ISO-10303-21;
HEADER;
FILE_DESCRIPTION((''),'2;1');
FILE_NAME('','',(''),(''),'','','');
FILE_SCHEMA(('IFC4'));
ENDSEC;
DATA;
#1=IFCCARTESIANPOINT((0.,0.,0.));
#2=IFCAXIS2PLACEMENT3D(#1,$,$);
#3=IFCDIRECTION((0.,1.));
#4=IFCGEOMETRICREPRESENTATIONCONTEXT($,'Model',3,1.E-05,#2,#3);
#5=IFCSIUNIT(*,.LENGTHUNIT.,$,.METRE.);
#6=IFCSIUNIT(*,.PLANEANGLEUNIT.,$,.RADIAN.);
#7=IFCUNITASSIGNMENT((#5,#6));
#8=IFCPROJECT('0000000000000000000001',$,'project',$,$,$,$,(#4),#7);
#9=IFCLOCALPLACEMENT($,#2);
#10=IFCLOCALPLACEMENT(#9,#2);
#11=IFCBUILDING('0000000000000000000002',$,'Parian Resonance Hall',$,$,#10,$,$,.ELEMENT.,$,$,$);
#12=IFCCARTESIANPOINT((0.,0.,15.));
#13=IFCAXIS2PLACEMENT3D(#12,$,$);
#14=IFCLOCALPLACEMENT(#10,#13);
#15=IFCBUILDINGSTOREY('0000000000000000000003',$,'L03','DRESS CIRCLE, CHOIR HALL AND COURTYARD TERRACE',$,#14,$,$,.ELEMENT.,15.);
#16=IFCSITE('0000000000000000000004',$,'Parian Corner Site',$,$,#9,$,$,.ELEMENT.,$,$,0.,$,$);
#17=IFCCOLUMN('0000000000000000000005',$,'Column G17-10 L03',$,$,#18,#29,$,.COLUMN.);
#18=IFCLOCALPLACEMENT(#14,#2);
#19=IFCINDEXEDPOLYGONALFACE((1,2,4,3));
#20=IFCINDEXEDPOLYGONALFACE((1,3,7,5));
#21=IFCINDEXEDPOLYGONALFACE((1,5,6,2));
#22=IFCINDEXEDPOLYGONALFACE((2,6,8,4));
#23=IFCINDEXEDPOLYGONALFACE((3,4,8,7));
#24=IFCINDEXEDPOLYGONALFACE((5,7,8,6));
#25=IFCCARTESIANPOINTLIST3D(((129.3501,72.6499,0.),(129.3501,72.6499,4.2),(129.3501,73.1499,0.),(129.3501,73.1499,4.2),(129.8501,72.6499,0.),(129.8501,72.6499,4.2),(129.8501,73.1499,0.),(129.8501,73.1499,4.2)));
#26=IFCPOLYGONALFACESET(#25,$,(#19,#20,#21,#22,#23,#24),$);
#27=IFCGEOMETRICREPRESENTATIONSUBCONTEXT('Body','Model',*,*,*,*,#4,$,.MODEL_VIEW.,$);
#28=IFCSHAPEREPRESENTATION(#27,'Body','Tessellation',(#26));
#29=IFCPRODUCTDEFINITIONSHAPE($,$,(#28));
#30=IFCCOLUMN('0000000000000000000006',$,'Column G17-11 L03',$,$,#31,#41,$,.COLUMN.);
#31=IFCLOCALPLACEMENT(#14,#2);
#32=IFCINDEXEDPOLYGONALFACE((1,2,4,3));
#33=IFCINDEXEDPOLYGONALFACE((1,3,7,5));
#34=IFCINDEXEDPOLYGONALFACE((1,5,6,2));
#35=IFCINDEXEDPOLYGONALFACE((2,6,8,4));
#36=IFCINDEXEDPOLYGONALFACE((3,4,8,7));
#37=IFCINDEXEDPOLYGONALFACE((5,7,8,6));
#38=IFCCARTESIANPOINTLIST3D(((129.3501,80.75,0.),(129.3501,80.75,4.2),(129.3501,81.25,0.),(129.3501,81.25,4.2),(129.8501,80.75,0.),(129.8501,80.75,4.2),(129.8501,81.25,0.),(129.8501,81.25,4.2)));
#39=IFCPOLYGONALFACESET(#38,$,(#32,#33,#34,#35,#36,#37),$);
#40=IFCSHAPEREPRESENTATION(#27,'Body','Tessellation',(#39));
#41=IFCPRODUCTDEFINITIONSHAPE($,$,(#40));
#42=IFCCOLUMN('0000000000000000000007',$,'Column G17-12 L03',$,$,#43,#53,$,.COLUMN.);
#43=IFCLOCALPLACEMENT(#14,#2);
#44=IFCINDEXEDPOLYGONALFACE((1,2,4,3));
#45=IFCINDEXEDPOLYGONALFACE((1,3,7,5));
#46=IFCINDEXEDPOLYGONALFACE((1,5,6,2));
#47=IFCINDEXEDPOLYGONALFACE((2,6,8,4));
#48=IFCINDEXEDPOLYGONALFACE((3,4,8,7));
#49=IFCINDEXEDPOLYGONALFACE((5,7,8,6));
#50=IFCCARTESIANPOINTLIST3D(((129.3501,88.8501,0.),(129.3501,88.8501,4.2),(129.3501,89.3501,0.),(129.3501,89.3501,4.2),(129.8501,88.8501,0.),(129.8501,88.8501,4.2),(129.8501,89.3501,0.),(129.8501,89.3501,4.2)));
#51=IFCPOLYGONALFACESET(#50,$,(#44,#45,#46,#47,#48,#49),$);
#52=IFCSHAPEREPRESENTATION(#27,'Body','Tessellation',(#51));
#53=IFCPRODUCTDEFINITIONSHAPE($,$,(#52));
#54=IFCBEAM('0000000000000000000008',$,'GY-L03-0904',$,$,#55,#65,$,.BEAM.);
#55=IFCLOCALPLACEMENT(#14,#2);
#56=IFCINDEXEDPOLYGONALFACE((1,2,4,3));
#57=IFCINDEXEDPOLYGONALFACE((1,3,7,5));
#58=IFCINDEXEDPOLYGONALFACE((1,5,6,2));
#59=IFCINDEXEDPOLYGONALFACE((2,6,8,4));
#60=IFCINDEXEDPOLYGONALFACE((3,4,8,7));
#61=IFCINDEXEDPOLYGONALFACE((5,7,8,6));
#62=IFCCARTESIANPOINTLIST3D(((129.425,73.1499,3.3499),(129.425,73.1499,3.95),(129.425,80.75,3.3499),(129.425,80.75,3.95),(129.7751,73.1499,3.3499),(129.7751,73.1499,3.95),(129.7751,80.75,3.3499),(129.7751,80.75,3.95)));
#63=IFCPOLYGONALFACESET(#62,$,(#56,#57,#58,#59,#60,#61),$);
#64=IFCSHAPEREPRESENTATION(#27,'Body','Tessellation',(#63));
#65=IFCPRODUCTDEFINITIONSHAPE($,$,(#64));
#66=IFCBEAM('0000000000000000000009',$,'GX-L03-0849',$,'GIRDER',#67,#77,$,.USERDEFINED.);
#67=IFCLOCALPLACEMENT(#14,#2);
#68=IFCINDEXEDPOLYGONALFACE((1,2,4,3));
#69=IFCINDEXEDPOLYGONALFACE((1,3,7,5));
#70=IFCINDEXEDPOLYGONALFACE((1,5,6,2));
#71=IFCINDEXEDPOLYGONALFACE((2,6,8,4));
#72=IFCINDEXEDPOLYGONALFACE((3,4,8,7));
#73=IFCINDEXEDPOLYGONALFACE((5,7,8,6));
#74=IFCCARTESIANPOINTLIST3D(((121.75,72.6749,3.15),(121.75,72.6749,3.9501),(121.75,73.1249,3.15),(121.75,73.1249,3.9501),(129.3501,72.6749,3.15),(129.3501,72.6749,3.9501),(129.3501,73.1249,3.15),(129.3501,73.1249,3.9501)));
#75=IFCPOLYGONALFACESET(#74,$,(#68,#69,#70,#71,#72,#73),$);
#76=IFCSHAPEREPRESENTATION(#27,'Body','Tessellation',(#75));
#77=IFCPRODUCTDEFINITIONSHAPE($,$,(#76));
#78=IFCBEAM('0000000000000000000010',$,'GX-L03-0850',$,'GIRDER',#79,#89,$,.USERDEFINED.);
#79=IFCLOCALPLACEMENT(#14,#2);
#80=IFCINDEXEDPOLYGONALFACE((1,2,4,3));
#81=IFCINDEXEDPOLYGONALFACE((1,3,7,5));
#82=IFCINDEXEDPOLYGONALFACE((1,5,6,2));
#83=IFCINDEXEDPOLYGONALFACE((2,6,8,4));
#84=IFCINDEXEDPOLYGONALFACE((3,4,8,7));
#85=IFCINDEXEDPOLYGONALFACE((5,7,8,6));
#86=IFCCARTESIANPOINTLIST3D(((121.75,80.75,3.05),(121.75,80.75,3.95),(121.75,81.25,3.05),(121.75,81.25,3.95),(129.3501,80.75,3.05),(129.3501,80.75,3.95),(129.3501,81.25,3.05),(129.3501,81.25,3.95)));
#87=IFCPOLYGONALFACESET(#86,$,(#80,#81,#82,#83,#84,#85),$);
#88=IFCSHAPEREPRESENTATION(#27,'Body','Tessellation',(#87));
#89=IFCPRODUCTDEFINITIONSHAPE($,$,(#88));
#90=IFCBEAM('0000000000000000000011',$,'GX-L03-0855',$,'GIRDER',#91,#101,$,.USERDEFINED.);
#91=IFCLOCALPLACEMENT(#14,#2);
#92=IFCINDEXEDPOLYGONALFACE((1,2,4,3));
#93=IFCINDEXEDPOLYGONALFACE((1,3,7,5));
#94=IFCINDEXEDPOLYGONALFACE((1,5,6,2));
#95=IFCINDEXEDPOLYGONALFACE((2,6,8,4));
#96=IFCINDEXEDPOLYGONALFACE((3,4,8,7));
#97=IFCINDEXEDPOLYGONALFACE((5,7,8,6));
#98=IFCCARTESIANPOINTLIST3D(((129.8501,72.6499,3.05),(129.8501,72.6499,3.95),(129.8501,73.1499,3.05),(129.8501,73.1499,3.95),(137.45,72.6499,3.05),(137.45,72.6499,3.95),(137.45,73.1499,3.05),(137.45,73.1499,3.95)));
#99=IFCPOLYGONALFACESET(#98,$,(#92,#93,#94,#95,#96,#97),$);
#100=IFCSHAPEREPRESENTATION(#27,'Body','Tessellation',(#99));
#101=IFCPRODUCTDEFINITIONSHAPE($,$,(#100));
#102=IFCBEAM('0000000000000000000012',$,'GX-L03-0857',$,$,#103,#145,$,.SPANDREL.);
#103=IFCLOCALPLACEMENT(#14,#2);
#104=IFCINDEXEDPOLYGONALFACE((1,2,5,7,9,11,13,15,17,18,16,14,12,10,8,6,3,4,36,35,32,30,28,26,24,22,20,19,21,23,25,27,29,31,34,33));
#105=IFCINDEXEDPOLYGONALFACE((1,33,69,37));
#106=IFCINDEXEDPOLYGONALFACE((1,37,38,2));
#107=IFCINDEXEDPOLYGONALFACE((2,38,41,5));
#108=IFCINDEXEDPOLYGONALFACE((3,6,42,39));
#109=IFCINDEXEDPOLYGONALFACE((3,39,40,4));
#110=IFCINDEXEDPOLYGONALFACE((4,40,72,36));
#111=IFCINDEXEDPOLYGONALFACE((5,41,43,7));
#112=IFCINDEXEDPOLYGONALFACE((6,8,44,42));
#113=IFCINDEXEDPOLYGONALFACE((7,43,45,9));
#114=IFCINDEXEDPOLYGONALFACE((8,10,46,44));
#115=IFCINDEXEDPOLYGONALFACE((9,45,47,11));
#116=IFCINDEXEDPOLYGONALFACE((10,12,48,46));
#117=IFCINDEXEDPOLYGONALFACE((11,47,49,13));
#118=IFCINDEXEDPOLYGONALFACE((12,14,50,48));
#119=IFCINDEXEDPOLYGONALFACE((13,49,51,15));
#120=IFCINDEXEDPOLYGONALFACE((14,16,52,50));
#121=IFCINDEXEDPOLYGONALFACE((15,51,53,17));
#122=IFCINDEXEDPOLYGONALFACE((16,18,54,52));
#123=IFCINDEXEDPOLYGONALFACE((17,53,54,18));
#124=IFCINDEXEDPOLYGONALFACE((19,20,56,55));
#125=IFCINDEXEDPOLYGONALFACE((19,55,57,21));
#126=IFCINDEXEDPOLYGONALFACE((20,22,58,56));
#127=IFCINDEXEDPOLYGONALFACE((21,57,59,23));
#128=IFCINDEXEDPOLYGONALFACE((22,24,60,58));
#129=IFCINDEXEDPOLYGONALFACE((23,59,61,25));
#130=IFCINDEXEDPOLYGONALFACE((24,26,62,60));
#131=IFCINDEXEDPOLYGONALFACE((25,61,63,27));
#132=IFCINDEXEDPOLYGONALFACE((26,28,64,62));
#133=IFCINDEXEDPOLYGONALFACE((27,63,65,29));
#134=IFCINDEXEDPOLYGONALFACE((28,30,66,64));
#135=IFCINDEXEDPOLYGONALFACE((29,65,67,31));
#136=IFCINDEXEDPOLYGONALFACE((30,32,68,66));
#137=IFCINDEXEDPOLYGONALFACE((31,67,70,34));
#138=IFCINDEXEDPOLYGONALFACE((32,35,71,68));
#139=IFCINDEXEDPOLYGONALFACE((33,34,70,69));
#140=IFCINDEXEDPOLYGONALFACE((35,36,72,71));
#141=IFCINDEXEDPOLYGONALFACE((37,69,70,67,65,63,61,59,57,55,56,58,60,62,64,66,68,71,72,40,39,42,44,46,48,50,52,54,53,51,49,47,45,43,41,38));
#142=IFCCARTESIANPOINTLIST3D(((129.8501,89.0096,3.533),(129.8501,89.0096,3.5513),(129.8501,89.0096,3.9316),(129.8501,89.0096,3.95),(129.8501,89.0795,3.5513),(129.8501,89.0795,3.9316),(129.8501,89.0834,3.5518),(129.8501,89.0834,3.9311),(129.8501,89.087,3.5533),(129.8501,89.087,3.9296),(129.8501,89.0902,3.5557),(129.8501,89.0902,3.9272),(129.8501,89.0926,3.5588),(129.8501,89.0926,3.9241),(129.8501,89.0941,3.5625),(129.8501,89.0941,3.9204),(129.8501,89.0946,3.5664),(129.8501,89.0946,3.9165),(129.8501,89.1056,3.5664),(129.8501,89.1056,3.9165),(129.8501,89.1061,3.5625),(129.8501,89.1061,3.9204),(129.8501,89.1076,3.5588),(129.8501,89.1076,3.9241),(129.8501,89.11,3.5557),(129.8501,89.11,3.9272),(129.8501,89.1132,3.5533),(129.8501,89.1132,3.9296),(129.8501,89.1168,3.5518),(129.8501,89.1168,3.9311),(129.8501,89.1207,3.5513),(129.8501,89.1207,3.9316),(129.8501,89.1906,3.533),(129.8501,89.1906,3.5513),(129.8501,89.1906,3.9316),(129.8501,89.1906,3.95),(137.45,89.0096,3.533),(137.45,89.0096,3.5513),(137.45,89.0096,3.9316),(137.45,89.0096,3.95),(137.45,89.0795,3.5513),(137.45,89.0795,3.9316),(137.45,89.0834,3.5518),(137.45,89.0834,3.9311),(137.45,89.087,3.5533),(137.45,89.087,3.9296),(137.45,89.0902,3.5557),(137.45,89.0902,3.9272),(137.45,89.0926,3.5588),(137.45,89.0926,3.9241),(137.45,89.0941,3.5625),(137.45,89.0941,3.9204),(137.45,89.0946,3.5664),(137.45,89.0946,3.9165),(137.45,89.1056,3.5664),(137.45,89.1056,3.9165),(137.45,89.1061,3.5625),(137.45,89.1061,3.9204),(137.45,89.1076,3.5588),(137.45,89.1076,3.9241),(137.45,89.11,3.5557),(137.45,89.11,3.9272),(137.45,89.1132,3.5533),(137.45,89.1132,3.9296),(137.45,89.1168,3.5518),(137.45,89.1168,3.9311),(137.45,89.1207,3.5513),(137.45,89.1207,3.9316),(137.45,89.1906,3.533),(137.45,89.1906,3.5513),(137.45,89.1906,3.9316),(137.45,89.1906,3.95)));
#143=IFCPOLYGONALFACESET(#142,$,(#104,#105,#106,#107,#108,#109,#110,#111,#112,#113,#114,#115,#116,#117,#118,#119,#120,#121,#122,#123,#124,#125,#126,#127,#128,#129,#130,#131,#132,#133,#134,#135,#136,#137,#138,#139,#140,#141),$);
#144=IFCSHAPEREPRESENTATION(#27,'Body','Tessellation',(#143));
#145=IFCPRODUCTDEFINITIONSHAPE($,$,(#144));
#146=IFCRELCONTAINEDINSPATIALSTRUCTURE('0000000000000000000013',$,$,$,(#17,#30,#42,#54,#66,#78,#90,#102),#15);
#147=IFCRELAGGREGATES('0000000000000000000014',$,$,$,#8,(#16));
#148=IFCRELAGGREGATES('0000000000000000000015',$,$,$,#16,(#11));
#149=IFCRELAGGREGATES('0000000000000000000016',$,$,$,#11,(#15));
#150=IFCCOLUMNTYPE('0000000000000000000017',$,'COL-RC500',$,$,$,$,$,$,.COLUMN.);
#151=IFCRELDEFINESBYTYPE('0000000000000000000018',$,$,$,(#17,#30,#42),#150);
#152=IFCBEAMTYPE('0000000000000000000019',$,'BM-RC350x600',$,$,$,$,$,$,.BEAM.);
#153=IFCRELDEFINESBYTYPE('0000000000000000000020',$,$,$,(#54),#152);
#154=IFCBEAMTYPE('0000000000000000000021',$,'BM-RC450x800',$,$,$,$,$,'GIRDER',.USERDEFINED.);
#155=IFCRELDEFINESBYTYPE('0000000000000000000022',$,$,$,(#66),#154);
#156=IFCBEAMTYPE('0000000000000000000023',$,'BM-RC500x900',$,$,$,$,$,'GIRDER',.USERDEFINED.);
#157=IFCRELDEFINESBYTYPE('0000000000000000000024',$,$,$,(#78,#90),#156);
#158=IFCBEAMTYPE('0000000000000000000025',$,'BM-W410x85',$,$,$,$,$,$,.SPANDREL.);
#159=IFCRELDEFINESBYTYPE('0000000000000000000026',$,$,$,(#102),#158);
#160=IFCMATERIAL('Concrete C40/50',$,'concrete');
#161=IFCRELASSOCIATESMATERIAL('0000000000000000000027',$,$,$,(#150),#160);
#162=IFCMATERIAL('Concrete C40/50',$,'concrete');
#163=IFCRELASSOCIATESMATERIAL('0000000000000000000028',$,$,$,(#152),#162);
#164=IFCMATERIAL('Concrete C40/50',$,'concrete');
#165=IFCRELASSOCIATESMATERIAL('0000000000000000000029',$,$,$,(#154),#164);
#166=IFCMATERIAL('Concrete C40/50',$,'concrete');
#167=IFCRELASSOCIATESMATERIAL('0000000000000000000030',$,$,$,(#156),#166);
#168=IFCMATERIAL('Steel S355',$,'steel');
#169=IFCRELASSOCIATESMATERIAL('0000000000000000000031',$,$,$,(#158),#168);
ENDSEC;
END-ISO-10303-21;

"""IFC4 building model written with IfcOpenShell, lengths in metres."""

from ifc_helpers import new_model, si_unit, direction, frame, origin, origin_2d, place, context, subcontext, project, spatial, rectangle, i_section, extrude, material, material_profile, profile_set, type_object, element, save


model = new_model("IFC4")

# Units and contexts
model_context = context("Model", 3, precision=1e-05, world=origin(), true_north=direction((0.0, 1.0)))
body_context = subcontext(model_context, "Body", "Model", "MODEL_VIEW")
ifc_project = project(units=[si_unit("LENGTHUNIT", "METRE"), si_unit("PLANEANGLEUNIT", "RADIAN")], contexts=[model_context])

# Site, building, storey
site_placement = place(None, origin())
site = spatial("IfcSite", under=ifc_project, at=site_placement, Name="Parian Corner Site", CompositionType="ELEMENT", RefElevation=0.0)
building_placement = place(site_placement, origin())
building = spatial("IfcBuilding", under=site, at=building_placement, Name="Parian Resonance Hall", CompositionType="ELEMENT")
storey_placement = place(building_placement, frame((0.0, 0.0, 15.0)))
storey = spatial("IfcBuildingStorey", under=building, at=storey_placement, Name="L03", Description="DRESS CIRCLE, CHOIR HALL AND COURTYARD TERRACE", CompositionType="ELEMENT", Elevation=15.0)

# Columns
ifc_material_1 = material(Name="Concrete C40/50", Category="concrete")
ifc_material_profile_1 = material_profile(ifc_material_1, rectangle(XDim=0.5, YDim=0.5, at=origin_2d()), Name="RC-COL-500x500")
ifc_profile_set_1 = profile_set([ifc_material_profile_1], Name="Concrete C40/50")
column_type = type_object("IfcColumnType", Name="COL-RC500", PredefinedType="COLUMN", material=ifc_profile_set_1)
for number, where, z_axis, x_axis, name in (
    (1, (129.6001, 72.8999, 0.0), (0.0, 0.0, 1.0), (1.0, 0.0, 0.0), "Column G17-10 L03"),
    (2, (129.6001, 81.0, 0.0), (0.0, 0.0, 1.0), (1.0, 0.0, 0.0), "Column G17-11 L03"),
    (3, (129.6001, 89.1001, 0.0), (0.0, 0.0, 1.0), (1.0, 0.0, 0.0), "Column G17-12 L03"),
):
    element("IfcColumn", number, at=place(storey_placement, frame(where, z_axis=z_axis, x_axis=x_axis)), inside=storey, type_object=column_type, Name=name, PredefinedType="COLUMN", context=body_context, shape_type="SweptSolid", body=[
        extrude(rectangle(XDim=0.5, YDim=0.5, at=origin_2d()), origin(), (0.0, 0.0, 1.0), 4.2),
    ])

# Beams
ifc_material_2 = material(Name="Concrete C40/50", Category="concrete")
ifc_material_profile_2 = material_profile(ifc_material_2, rectangle(XDim=0.3501, YDim=0.6001, at=origin_2d()), Name="RC-BM-350x600")
ifc_profile_set_2 = profile_set([ifc_material_profile_2], Name="Concrete C40/50")
beam_type_1 = type_object("IfcBeamType", Name="BM-RC350x600", PredefinedType="BEAM", material=ifc_profile_set_2)
beam_1_placement = place(storey_placement, frame((129.6001, 73.1499, 3.6499), z_axis=(0.0, 1.0, 0.0), x_axis=(-1.0, 0.0, 0.0)))
element("IfcBeam", 4, at=beam_1_placement, inside=storey, type_object=beam_type_1, Name="GY-L03-0904", PredefinedType="BEAM", context=body_context, shape_type="SweptSolid", body=[
    extrude(rectangle(XDim=0.3501, YDim=0.6001, at=origin_2d()), origin(), (0.0, 0.0, 1.0), 7.6001),
])
ifc_material_3 = material(Name="Concrete C40/50", Category="concrete")
ifc_material_profile_3 = material_profile(ifc_material_3, rectangle(XDim=0.45, YDim=0.8, at=origin_2d()), Name="RC-BM-450x800")
ifc_profile_set_3 = profile_set([ifc_material_profile_3], Name="Concrete C40/50")
beam_type_2 = type_object("IfcBeamType", Name="BM-RC450x800", ElementType="GIRDER", PredefinedType="USERDEFINED", material=ifc_profile_set_3)
beam_2_placement = place(storey_placement, frame((121.75, 72.8999, 3.55), z_axis=(1.0, 0.0, 0.0), x_axis=(0.0, 1.0, 0.0)))
element("IfcBeam", 5, at=beam_2_placement, inside=storey, type_object=beam_type_2, Name="GX-L03-0849", ObjectType="GIRDER", PredefinedType="USERDEFINED", context=body_context, shape_type="SweptSolid", body=[
    extrude(rectangle(XDim=0.45, YDim=0.8, at=origin_2d()), origin(), (0.0, 0.0, 1.0), 7.6001),
])
ifc_material_4 = material(Name="Concrete C40/50", Category="concrete")
ifc_material_profile_4 = material_profile(ifc_material_4, rectangle(XDim=0.5, YDim=0.8999, at=origin_2d()), Name="RC-BM-500x900")
ifc_profile_set_4 = profile_set([ifc_material_profile_4], Name="Concrete C40/50")
beam_type_3 = type_object("IfcBeamType", Name="BM-RC500x900", ElementType="GIRDER", PredefinedType="USERDEFINED", material=ifc_profile_set_4)
beam_3_placement = place(storey_placement, frame((121.75, 81.0, 3.5), z_axis=(1.0, 0.0, 0.0), x_axis=(0.0, 1.0, 0.0)))
element("IfcBeam", 6, at=beam_3_placement, inside=storey, type_object=beam_type_3, Name="GX-L03-0850", ObjectType="GIRDER", PredefinedType="USERDEFINED", context=body_context, shape_type="SweptSolid", body=[
    extrude(rectangle(XDim=0.5, YDim=0.8999, at=origin_2d()), origin(), (0.0, 0.0, 1.0), 7.6001),
])
beam_4_placement = place(storey_placement, frame((129.8501, 72.8999, 3.5), z_axis=(1.0, 0.0, 0.0), x_axis=(0.0, 1.0, 0.0)))
element("IfcBeam", 7, at=beam_4_placement, inside=storey, type_object=beam_type_3, Name="GX-L03-0855", ObjectType="GIRDER", PredefinedType="USERDEFINED", context=body_context, shape_type="SweptSolid", body=[
    extrude(rectangle(XDim=0.5, YDim=0.8999, at=origin_2d()), origin(), (0.0, 0.0, 1.0), 7.5999),
])
ifc_material_5 = material(Name="Steel S355", Category="steel")
ifc_material_profile_5 = material_profile(ifc_material_5, i_section(OverallWidth=0.1809, OverallDepth=0.417, WebThickness=0.011, FlangeThickness=0.0183, FilletRadius=0.0151, at=origin_2d()), Name="W410x85")
ifc_profile_set_5 = profile_set([ifc_material_profile_5], Name="Steel S355")
beam_type_4 = type_object("IfcBeamType", Name="BM-W410x85", PredefinedType="SPANDREL", material=ifc_profile_set_5)
beam_5_placement = place(storey_placement, frame((129.8501, 89.1001, 3.7415), z_axis=(1.0, 0.0, 0.0), x_axis=(0.0, 1.0, 0.0)))
element("IfcBeam", 8, at=beam_5_placement, inside=storey, type_object=beam_type_4, Name="GX-L03-0857", PredefinedType="SPANDREL", context=body_context, shape_type="SweptSolid", body=[
    extrude(i_section(OverallWidth=0.1809, OverallDepth=0.417, WebThickness=0.011, FlangeThickness=0.0183, FilletRadius=0.0151, at=origin_2d()), origin(), (0.0, 0.0, 1.0), 7.5999),
])

save(model, "model.ifc")
